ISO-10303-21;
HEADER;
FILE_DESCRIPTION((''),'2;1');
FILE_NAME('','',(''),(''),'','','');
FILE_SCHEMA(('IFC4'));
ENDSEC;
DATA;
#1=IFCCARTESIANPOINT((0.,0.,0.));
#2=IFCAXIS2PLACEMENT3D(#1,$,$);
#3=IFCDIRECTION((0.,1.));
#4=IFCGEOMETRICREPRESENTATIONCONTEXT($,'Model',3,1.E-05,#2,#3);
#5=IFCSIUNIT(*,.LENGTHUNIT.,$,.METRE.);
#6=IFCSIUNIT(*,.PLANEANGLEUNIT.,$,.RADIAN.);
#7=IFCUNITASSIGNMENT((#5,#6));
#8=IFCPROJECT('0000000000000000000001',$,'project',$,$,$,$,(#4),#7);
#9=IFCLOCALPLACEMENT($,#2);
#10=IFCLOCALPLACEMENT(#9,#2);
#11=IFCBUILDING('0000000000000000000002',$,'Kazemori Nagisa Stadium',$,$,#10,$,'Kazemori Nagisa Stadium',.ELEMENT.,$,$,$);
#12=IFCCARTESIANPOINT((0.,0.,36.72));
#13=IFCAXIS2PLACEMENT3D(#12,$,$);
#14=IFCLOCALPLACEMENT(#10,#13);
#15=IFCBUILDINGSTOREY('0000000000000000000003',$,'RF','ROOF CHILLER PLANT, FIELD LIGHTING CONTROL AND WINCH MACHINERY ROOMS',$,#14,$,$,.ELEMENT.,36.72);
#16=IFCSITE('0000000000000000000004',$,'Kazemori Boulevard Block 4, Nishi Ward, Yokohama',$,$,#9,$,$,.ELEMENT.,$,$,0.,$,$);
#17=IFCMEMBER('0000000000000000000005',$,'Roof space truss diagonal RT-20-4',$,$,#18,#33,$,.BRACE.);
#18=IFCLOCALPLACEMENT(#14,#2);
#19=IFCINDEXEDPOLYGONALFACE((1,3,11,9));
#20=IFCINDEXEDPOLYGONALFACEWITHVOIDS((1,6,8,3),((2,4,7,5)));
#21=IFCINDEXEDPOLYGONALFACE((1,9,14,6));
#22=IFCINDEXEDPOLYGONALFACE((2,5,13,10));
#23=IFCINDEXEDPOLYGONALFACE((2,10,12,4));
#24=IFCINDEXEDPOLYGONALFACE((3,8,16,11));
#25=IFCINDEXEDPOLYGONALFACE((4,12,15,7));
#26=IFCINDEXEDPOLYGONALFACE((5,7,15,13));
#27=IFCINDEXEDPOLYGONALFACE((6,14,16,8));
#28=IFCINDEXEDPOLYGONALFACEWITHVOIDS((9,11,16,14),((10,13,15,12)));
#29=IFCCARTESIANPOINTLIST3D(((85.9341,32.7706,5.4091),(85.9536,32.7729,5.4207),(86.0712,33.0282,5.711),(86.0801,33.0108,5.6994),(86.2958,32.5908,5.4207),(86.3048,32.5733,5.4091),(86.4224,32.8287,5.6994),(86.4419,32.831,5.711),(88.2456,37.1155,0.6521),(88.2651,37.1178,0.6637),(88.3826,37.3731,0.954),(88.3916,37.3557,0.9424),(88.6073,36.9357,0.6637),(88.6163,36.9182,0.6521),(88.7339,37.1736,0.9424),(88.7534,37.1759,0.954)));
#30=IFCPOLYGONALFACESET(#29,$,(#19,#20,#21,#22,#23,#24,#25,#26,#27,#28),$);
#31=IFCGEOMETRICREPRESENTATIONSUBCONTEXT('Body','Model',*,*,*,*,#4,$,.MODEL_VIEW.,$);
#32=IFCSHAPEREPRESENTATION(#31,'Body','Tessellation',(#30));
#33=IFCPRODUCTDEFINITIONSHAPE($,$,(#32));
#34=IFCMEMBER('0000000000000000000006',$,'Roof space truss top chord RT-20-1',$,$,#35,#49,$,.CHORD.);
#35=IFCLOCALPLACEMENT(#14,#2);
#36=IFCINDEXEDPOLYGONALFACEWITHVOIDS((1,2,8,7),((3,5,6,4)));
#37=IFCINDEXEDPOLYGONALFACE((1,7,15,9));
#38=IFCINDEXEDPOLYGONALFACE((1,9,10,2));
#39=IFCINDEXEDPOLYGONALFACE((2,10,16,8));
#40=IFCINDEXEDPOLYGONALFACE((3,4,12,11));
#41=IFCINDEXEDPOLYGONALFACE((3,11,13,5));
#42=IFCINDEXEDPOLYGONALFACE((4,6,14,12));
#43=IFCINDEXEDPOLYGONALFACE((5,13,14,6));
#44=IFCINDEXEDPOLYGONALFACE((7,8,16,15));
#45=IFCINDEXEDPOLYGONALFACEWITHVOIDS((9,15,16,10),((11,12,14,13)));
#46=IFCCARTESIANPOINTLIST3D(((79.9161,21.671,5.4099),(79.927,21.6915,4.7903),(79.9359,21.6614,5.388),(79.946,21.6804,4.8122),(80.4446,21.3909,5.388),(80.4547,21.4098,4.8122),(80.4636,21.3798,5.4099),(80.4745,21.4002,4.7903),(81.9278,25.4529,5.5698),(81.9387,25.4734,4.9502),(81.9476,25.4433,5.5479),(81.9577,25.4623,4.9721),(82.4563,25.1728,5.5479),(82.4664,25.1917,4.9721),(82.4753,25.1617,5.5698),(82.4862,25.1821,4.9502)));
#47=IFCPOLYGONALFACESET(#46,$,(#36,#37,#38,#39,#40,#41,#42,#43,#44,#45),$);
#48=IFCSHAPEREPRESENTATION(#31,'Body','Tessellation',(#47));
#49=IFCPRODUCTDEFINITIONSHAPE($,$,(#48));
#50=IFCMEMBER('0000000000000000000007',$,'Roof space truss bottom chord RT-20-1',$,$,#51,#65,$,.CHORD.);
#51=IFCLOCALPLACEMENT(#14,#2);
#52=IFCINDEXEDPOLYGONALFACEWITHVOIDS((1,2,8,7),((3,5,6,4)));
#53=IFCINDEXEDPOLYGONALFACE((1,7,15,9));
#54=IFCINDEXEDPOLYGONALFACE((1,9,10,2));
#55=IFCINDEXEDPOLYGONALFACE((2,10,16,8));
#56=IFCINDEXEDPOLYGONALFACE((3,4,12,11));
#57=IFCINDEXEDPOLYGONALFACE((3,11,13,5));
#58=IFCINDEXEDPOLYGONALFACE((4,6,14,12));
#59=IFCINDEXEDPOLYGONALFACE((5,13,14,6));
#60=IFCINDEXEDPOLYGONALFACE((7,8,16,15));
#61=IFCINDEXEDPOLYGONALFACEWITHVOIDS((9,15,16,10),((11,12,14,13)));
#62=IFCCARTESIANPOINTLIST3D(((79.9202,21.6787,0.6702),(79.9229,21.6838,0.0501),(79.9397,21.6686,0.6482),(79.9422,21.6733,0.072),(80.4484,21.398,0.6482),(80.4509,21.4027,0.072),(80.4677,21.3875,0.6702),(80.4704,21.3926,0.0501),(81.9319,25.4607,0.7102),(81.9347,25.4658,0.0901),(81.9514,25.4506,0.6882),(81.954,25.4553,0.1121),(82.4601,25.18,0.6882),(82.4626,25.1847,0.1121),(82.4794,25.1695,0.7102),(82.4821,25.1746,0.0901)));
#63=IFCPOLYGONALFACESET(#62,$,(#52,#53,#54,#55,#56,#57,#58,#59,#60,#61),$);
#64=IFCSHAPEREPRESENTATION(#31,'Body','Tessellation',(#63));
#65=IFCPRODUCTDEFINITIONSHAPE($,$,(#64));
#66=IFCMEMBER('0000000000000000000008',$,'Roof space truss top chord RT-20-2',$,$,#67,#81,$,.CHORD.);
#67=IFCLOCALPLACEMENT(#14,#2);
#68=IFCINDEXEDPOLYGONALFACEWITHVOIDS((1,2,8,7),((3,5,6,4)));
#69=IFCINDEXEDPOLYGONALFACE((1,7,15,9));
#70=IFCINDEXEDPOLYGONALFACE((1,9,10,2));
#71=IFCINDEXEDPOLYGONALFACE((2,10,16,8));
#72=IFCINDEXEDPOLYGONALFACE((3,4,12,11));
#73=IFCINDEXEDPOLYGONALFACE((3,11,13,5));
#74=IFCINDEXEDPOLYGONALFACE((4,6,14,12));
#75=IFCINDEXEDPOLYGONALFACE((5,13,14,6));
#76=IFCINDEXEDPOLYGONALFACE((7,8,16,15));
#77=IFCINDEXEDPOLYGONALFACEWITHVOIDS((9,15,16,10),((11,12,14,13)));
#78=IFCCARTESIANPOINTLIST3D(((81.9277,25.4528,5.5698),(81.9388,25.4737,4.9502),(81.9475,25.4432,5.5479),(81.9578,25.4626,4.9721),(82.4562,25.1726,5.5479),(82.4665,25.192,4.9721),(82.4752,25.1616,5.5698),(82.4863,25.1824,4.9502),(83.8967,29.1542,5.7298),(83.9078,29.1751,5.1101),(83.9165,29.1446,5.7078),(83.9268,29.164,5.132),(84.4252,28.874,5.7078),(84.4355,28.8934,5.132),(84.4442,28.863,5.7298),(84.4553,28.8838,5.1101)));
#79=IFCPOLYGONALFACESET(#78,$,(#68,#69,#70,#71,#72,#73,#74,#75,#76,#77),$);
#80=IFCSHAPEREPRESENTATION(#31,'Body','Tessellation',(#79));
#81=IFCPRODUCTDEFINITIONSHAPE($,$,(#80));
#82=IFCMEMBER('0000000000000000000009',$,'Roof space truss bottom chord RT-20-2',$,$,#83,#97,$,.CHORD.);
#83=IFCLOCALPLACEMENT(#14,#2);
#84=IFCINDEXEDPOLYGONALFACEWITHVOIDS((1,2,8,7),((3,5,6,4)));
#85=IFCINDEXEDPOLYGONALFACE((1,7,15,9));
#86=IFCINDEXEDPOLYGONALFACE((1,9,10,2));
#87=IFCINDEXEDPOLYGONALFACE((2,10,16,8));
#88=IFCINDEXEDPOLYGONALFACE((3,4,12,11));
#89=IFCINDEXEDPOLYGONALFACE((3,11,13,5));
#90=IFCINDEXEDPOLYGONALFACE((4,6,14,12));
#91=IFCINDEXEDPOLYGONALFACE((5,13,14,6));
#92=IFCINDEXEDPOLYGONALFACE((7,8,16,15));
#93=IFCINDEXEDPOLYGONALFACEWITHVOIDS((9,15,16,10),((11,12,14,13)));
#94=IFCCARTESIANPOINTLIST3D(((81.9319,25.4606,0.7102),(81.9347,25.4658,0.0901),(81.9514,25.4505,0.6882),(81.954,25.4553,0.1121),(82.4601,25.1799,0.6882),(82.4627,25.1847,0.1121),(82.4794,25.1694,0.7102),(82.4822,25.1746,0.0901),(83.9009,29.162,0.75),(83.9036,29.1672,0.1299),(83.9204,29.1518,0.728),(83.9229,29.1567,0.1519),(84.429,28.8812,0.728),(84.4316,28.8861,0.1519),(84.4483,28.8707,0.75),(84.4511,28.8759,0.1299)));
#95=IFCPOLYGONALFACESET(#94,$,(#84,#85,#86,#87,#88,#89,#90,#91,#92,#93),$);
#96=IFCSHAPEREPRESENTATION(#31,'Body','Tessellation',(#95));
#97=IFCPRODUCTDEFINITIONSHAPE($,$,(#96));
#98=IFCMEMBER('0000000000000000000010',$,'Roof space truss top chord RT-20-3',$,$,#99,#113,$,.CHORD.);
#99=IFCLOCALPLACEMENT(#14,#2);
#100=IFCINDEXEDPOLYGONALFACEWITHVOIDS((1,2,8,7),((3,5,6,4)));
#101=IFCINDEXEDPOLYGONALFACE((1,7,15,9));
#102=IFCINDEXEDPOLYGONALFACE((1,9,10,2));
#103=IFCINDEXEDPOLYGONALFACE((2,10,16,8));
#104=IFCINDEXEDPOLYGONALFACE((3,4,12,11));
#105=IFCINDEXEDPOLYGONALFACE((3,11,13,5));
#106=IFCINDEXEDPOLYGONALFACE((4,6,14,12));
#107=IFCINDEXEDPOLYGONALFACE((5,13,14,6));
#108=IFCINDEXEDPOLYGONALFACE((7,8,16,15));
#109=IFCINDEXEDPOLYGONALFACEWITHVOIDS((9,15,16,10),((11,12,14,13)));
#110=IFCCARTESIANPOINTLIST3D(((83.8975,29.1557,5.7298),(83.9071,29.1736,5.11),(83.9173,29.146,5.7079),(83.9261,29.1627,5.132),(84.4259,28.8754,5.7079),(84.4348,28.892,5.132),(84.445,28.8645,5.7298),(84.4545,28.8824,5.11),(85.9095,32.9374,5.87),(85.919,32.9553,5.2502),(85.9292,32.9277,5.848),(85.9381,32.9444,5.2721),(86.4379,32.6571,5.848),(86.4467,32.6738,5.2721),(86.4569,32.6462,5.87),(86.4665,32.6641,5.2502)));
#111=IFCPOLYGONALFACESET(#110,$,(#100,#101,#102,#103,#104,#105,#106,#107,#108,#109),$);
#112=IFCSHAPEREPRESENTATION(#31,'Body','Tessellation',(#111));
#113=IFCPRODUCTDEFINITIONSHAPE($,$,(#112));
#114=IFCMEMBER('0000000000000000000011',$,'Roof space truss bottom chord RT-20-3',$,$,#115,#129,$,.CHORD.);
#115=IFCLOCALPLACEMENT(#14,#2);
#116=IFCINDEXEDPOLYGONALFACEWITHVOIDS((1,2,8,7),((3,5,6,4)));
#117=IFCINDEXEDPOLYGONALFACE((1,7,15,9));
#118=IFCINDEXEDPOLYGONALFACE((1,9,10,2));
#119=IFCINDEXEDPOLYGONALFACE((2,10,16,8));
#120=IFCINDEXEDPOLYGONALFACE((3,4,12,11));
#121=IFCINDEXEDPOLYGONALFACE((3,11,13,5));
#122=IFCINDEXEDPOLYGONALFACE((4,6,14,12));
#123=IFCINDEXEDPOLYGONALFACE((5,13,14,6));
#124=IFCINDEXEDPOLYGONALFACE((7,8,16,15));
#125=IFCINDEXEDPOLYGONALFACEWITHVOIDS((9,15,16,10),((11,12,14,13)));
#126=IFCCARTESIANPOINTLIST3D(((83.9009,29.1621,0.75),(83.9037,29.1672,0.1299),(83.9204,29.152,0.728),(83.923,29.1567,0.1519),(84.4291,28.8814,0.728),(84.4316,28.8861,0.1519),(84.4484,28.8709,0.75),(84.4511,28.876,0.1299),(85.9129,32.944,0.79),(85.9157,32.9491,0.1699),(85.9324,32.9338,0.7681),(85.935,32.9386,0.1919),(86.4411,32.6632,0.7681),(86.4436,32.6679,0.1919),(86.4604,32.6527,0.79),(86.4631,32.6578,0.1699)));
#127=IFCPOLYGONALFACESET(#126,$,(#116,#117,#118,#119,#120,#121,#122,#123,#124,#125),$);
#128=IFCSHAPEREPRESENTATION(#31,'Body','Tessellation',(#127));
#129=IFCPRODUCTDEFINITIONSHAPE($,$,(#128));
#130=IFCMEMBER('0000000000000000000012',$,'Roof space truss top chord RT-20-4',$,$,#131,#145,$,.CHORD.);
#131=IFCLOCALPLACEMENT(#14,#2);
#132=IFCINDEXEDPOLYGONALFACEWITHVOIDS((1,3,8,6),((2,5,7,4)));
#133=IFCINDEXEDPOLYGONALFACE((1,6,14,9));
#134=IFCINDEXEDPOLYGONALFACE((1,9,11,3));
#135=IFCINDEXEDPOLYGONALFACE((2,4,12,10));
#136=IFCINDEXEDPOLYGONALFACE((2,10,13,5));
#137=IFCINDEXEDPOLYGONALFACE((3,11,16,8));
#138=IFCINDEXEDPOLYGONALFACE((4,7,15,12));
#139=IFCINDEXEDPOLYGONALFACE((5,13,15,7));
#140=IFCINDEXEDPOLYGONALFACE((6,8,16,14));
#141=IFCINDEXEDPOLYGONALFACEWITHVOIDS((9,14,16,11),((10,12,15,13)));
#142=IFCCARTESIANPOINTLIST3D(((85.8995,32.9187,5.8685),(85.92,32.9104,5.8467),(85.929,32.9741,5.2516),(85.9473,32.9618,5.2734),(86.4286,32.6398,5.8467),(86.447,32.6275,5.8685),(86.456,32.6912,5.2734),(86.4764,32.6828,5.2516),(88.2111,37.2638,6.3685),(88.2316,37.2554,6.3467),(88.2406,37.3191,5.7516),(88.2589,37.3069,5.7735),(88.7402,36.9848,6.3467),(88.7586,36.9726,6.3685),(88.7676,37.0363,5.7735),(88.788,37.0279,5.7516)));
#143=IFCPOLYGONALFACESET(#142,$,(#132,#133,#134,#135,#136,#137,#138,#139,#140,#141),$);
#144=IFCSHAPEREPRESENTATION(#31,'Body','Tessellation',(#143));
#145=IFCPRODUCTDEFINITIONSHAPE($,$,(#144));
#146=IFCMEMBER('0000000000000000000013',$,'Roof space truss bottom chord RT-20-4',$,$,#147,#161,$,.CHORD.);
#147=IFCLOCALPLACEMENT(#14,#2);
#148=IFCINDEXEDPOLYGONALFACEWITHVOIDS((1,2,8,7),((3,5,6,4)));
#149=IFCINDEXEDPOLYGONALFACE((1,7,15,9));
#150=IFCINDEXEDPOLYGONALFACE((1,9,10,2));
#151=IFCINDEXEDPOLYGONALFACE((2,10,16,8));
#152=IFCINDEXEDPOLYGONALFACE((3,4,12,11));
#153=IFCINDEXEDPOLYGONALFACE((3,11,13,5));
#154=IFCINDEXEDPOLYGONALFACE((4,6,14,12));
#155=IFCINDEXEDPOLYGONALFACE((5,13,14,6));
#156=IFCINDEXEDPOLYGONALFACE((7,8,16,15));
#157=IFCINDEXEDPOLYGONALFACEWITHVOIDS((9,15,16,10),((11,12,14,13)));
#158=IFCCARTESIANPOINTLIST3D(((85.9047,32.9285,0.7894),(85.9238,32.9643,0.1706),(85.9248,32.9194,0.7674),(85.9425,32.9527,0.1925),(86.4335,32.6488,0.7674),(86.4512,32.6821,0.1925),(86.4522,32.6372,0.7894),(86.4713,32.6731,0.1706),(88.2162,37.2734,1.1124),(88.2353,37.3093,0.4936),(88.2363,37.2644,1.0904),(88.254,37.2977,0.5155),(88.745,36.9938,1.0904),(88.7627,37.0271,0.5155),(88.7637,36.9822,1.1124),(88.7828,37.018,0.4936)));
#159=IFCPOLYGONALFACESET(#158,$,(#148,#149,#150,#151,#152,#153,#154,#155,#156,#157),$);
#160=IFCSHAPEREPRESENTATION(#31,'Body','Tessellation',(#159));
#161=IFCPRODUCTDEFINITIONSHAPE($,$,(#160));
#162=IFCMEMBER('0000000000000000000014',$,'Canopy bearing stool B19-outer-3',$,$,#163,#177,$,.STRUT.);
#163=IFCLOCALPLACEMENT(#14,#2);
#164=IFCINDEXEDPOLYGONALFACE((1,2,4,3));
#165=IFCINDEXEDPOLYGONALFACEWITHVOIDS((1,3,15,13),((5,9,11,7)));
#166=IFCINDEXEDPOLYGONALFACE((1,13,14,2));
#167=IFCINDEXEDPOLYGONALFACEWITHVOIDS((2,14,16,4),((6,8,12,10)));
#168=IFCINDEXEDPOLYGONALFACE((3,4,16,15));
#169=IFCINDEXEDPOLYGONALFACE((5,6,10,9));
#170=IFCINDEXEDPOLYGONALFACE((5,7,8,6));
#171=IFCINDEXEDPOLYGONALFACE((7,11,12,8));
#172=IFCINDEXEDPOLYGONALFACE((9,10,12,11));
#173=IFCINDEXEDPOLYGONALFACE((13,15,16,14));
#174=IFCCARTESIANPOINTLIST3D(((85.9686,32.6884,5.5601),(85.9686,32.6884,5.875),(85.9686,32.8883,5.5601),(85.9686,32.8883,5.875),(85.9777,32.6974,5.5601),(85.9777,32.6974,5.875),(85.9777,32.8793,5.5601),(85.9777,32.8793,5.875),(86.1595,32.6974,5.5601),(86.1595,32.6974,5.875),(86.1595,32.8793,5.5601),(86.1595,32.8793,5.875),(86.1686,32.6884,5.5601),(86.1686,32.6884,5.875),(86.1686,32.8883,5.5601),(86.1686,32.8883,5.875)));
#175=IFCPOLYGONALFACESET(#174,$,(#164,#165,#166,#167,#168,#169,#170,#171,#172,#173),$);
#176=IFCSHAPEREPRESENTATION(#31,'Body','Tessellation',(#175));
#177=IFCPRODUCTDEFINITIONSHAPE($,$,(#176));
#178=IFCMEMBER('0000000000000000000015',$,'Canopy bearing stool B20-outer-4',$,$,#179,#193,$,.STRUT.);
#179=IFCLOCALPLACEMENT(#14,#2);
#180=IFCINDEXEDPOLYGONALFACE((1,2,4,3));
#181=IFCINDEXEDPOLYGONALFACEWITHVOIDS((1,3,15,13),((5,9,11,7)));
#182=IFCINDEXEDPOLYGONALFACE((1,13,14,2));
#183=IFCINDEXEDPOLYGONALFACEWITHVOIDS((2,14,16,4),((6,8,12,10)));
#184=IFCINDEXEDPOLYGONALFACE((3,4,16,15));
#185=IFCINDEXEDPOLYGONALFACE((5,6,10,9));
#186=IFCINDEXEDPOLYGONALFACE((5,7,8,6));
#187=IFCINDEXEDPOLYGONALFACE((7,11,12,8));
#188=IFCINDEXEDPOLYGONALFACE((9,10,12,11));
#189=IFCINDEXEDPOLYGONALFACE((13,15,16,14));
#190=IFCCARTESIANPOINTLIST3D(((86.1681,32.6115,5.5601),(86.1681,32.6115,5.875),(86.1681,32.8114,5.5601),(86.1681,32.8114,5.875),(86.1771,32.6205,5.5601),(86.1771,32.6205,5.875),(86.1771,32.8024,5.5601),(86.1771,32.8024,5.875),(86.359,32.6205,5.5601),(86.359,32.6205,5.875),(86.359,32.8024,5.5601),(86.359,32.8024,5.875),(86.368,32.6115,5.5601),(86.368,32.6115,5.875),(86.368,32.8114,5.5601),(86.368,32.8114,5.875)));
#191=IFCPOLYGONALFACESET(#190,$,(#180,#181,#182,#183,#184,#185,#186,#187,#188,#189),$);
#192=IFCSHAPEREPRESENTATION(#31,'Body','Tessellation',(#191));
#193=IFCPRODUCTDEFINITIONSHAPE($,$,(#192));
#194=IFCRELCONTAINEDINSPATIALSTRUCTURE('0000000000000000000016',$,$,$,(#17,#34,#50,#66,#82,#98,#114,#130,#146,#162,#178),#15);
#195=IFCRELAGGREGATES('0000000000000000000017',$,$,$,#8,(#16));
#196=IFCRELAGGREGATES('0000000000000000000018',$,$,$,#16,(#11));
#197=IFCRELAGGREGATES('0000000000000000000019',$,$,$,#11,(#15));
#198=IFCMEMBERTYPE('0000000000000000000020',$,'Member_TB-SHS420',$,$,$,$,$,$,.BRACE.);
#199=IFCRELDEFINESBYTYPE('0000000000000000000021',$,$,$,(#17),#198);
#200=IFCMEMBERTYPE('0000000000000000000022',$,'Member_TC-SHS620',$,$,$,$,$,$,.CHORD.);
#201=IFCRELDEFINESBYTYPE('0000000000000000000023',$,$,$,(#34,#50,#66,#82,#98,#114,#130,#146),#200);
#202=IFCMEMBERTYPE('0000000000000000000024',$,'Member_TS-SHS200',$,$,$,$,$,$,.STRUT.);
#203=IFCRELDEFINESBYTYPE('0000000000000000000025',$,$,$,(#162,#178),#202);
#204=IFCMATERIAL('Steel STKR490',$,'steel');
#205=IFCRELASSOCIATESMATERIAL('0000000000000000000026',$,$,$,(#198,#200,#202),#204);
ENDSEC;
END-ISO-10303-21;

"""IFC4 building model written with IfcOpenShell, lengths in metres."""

from ifc_helpers import new_model, si_unit, direction, frame, origin, origin_2d, place, context, subcontext, project, spatial, hollow_rectangle, extrude, material, material_profile, profile_set, type_object, element, save


model = new_model("IFC4")

# Units and contexts
model_context = context("Model", 3, precision=1e-05, world=origin(), true_north=direction((0.0, 1.0)))
body_context = subcontext(model_context, "Body", "Model", "MODEL_VIEW")
ifc_project = project(units=[si_unit("LENGTHUNIT", "METRE"), si_unit("PLANEANGLEUNIT", "RADIAN")], contexts=[model_context])

# Site, building, storey
site_placement = place(None, origin())
site = spatial("IfcSite", under=ifc_project, at=site_placement, Name="Kazemori Boulevard Block 4, Nishi Ward, Yokohama", CompositionType="ELEMENT", RefElevation=0.0)
building_placement = place(site_placement, origin())
building = spatial("IfcBuilding", under=site, at=building_placement, Name="Kazemori Nagisa Stadium", LongName="Kazemori Nagisa Stadium", CompositionType="ELEMENT")
storey_placement = place(building_placement, frame((0.0, 0.0, 36.72)))
storey = spatial("IfcBuildingStorey", under=building, at=storey_placement, Name="RF", Description="ROOF CHILLER PLANT, FIELD LIGHTING CONTROL AND WINCH MACHINERY ROOMS", CompositionType="ELEMENT", Elevation=36.72)

# Members
ifc_material_1 = material(Name="Steel STKR490", Category="steel")
ifc_material_profile_1 = material_profile(ifc_material_1, hollow_rectangle(XDim=0.4199, YDim=0.4199, WallThickness=0.0161, at=origin_2d()), Name="SHS-420x420x16")
ifc_profile_set_1 = profile_set([ifc_material_profile_1], Name="Steel STKR490")
member_type_1 = type_object("IfcMemberType", Name="Member_TB-SHS420", PredefinedType="BRACE", material=ifc_profile_set_1)
member_1_placement = place(storey_placement, frame((86.188, 32.8008, 5.5601), z_axis=(0.337703, 0.634781, -0.694989), x_axis=(-0.882841, 0.469671, 0.0)))
element("IfcMember", 1, at=member_1_placement, inside=storey, type_object=member_type_1, Name="Roof space truss diagonal RT-20-4", PredefinedType="BRACE", context=body_context, shape_type="SweptSolid", body=[
    extrude(hollow_rectangle(XDim=0.4199, YDim=0.4199, WallThickness=0.0161, at=origin_2d()), origin(), (0.0, 0.0, 1.0), 6.8447),
])
ifc_material_profile_2 = material_profile(ifc_material_1, hollow_rectangle(XDim=0.6201, YDim=0.6201, WallThickness=0.022, at=origin_2d()), Name="SHS-620x620x22")
ifc_profile_set_2 = profile_set([ifc_material_profile_2], Name="Steel STKR490")
member_type_2 = type_object("IfcMemberType", Name="Member_TC-SHS620", PredefinedType="CHORD", material=ifc_profile_set_2)
member_2_placement = place(storey_placement, frame((80.1953, 21.5356, 5.1001), z_axis=(0.469291, 0.882255, 0.037304), x_axis=(-0.88287, 0.469618, 0.0)))
element("IfcMember", 2, at=member_2_placement, inside=storey, type_object=member_type_2, Name="Roof space truss top chord RT-20-1", PredefinedType="CHORD", context=body_context, shape_type="SweptSolid", body=[
    extrude(hollow_rectangle(XDim=0.6201, YDim=0.6201, WallThickness=0.022, at=origin_2d()), origin(), (0.0, 0.0, 1.0), 4.2866),
])
member_3_placement = place(storey_placement, frame((80.1953, 21.5356, 0.3601), z_axis=(0.469597, 0.882831, 0.009346), x_axis=(-0.88287, 0.469618, 0.0)))
element("IfcMember", 3, at=member_3_placement, inside=storey, type_object=member_type_2, Name="Roof space truss bottom chord RT-20-1", PredefinedType="CHORD", context=body_context, shape_type="SweptSolid", body=[
    extrude(hollow_rectangle(XDim=0.6201, YDim=0.6201, WallThickness=0.022, at=origin_2d()), origin(), (0.0, 0.0, 1.0), 4.2839),
])
member_4_placement = place(storey_placement, frame((82.207, 25.3176, 5.26), z_axis=(0.469301, 0.882215, 0.038114), x_axis=(-0.882857, 0.469642, 0.0)))
element("IfcMember", 4, at=member_4_placement, inside=storey, type_object=member_type_2, Name="Roof space truss top chord RT-20-2", PredefinedType="CHORD", context=body_context, shape_type="SweptSolid", body=[
    extrude(hollow_rectangle(XDim=0.6201, YDim=0.6201, WallThickness=0.022, at=origin_2d()), origin(), (0.0, 0.0, 1.0), 4.1956),
])
member_5_placement = place(storey_placement, frame((82.207, 25.3176, 0.4001), z_axis=(0.469621, 0.882817, 0.009491), x_axis=(-0.882857, 0.469642, 0.0)))
element("IfcMember", 5, at=member_5_placement, inside=storey, type_object=member_type_2, Name="Roof space truss bottom chord RT-20-2", PredefinedType="CHORD", context=body_context, shape_type="SweptSolid", body=[
    extrude(hollow_rectangle(XDim=0.6201, YDim=0.6201, WallThickness=0.022, at=origin_2d()), origin(), (0.0, 0.0, 1.0), 4.1926),
])
member_6_placement = place(storey_placement, frame((84.176, 29.019, 5.4199), z_axis=(0.469435, 0.882362, 0.032697), x_axis=(-0.882834, 0.469686, 0.0)))
element("IfcMember", 6, at=member_6_placement, inside=storey, type_object=member_type_2, Name="Roof space truss top chord RT-20-3", PredefinedType="CHORD", context=body_context, shape_type="SweptSolid", body=[
    extrude(hollow_rectangle(XDim=0.6201, YDim=0.6201, WallThickness=0.022, at=origin_2d()), origin(), (0.0, 0.0, 1.0), 4.2859),
])
member_7_placement = place(storey_placement, frame((84.176, 29.019, 0.4399), z_axis=(0.469665, 0.882795, 0.009347), x_axis=(-0.882834, 0.469686, 0.0)))
element("IfcMember", 7, at=member_7_placement, inside=storey, type_object=member_type_2, Name="Roof space truss bottom chord RT-20-3", PredefinedType="CHORD", context=body_context, shape_type="SweptSolid", body=[
    extrude(hollow_rectangle(XDim=0.6201, YDim=0.6201, WallThickness=0.022, at=origin_2d()), origin(), (0.0, 0.0, 1.0), 4.2839),
])
member_8_placement = place(storey_placement, frame((86.188, 32.8008, 5.5601), z_axis=(0.467266, 0.87832, 0.101073), x_axis=(-0.882841, 0.469671, 0.0)))
element("IfcMember", 8, at=member_8_placement, inside=storey, type_object=member_type_2, Name="Roof space truss top chord RT-20-4", PredefinedType="CHORD", context=body_context, shape_type="SweptSolid", body=[
    extrude(hollow_rectangle(XDim=0.6201, YDim=0.6201, WallThickness=0.022, at=origin_2d()), origin(), (0.0, 0.0, 1.0), 4.947),
])
member_9_placement = place(storey_placement, frame((86.188, 32.8008, 0.48), z_axis=(0.468663, 0.880946, 0.065488), x_axis=(-0.882841, 0.469671, 0.0)))
element("IfcMember", 9, at=member_9_placement, inside=storey, type_object=member_type_2, Name="Roof space truss bottom chord RT-20-4", PredefinedType="CHORD", context=body_context, shape_type="SweptSolid", body=[
    extrude(hollow_rectangle(XDim=0.6201, YDim=0.6201, WallThickness=0.022, at=origin_2d()), origin(), (0.0, 0.0, 1.0), 4.9321),
])
ifc_material_profile_3 = material_profile(ifc_material_1, hollow_rectangle(XDim=0.2, YDim=0.2, WallThickness=0.009, at=origin_2d()), Name="SHS-200x200x9")
ifc_profile_set_3 = profile_set([ifc_material_profile_3], Name="Steel STKR490")
member_type_3 = type_object("IfcMemberType", Name="Member_TS-SHS200", PredefinedType="STRUT", material=ifc_profile_set_3)
for number, where, z_axis, x_axis, name in (
    (10, (86.0686, 32.7883, 5.5601), (0.0, 0.0, 1.0), (1.0, 0.0, 0.0), "Canopy bearing stool B19-outer-3"),
    (11, (86.2681, 32.7114, 5.5601), (0.0, 0.0, 1.0), (1.0, 0.0, 0.0), "Canopy bearing stool B20-outer-4"),
):
    element("IfcMember", number, at=place(storey_placement, frame(where, z_axis=z_axis, x_axis=x_axis)), inside=storey, type_object=member_type_3, Name=name, PredefinedType="STRUT", context=body_context, shape_type="SweptSolid", body=[
        extrude(hollow_rectangle(XDim=0.2, YDim=0.2, WallThickness=0.009, at=origin_2d()), origin(), (0.0, 0.0, 1.0), 0.3149),
    ])

save(model, "model.ifc")
